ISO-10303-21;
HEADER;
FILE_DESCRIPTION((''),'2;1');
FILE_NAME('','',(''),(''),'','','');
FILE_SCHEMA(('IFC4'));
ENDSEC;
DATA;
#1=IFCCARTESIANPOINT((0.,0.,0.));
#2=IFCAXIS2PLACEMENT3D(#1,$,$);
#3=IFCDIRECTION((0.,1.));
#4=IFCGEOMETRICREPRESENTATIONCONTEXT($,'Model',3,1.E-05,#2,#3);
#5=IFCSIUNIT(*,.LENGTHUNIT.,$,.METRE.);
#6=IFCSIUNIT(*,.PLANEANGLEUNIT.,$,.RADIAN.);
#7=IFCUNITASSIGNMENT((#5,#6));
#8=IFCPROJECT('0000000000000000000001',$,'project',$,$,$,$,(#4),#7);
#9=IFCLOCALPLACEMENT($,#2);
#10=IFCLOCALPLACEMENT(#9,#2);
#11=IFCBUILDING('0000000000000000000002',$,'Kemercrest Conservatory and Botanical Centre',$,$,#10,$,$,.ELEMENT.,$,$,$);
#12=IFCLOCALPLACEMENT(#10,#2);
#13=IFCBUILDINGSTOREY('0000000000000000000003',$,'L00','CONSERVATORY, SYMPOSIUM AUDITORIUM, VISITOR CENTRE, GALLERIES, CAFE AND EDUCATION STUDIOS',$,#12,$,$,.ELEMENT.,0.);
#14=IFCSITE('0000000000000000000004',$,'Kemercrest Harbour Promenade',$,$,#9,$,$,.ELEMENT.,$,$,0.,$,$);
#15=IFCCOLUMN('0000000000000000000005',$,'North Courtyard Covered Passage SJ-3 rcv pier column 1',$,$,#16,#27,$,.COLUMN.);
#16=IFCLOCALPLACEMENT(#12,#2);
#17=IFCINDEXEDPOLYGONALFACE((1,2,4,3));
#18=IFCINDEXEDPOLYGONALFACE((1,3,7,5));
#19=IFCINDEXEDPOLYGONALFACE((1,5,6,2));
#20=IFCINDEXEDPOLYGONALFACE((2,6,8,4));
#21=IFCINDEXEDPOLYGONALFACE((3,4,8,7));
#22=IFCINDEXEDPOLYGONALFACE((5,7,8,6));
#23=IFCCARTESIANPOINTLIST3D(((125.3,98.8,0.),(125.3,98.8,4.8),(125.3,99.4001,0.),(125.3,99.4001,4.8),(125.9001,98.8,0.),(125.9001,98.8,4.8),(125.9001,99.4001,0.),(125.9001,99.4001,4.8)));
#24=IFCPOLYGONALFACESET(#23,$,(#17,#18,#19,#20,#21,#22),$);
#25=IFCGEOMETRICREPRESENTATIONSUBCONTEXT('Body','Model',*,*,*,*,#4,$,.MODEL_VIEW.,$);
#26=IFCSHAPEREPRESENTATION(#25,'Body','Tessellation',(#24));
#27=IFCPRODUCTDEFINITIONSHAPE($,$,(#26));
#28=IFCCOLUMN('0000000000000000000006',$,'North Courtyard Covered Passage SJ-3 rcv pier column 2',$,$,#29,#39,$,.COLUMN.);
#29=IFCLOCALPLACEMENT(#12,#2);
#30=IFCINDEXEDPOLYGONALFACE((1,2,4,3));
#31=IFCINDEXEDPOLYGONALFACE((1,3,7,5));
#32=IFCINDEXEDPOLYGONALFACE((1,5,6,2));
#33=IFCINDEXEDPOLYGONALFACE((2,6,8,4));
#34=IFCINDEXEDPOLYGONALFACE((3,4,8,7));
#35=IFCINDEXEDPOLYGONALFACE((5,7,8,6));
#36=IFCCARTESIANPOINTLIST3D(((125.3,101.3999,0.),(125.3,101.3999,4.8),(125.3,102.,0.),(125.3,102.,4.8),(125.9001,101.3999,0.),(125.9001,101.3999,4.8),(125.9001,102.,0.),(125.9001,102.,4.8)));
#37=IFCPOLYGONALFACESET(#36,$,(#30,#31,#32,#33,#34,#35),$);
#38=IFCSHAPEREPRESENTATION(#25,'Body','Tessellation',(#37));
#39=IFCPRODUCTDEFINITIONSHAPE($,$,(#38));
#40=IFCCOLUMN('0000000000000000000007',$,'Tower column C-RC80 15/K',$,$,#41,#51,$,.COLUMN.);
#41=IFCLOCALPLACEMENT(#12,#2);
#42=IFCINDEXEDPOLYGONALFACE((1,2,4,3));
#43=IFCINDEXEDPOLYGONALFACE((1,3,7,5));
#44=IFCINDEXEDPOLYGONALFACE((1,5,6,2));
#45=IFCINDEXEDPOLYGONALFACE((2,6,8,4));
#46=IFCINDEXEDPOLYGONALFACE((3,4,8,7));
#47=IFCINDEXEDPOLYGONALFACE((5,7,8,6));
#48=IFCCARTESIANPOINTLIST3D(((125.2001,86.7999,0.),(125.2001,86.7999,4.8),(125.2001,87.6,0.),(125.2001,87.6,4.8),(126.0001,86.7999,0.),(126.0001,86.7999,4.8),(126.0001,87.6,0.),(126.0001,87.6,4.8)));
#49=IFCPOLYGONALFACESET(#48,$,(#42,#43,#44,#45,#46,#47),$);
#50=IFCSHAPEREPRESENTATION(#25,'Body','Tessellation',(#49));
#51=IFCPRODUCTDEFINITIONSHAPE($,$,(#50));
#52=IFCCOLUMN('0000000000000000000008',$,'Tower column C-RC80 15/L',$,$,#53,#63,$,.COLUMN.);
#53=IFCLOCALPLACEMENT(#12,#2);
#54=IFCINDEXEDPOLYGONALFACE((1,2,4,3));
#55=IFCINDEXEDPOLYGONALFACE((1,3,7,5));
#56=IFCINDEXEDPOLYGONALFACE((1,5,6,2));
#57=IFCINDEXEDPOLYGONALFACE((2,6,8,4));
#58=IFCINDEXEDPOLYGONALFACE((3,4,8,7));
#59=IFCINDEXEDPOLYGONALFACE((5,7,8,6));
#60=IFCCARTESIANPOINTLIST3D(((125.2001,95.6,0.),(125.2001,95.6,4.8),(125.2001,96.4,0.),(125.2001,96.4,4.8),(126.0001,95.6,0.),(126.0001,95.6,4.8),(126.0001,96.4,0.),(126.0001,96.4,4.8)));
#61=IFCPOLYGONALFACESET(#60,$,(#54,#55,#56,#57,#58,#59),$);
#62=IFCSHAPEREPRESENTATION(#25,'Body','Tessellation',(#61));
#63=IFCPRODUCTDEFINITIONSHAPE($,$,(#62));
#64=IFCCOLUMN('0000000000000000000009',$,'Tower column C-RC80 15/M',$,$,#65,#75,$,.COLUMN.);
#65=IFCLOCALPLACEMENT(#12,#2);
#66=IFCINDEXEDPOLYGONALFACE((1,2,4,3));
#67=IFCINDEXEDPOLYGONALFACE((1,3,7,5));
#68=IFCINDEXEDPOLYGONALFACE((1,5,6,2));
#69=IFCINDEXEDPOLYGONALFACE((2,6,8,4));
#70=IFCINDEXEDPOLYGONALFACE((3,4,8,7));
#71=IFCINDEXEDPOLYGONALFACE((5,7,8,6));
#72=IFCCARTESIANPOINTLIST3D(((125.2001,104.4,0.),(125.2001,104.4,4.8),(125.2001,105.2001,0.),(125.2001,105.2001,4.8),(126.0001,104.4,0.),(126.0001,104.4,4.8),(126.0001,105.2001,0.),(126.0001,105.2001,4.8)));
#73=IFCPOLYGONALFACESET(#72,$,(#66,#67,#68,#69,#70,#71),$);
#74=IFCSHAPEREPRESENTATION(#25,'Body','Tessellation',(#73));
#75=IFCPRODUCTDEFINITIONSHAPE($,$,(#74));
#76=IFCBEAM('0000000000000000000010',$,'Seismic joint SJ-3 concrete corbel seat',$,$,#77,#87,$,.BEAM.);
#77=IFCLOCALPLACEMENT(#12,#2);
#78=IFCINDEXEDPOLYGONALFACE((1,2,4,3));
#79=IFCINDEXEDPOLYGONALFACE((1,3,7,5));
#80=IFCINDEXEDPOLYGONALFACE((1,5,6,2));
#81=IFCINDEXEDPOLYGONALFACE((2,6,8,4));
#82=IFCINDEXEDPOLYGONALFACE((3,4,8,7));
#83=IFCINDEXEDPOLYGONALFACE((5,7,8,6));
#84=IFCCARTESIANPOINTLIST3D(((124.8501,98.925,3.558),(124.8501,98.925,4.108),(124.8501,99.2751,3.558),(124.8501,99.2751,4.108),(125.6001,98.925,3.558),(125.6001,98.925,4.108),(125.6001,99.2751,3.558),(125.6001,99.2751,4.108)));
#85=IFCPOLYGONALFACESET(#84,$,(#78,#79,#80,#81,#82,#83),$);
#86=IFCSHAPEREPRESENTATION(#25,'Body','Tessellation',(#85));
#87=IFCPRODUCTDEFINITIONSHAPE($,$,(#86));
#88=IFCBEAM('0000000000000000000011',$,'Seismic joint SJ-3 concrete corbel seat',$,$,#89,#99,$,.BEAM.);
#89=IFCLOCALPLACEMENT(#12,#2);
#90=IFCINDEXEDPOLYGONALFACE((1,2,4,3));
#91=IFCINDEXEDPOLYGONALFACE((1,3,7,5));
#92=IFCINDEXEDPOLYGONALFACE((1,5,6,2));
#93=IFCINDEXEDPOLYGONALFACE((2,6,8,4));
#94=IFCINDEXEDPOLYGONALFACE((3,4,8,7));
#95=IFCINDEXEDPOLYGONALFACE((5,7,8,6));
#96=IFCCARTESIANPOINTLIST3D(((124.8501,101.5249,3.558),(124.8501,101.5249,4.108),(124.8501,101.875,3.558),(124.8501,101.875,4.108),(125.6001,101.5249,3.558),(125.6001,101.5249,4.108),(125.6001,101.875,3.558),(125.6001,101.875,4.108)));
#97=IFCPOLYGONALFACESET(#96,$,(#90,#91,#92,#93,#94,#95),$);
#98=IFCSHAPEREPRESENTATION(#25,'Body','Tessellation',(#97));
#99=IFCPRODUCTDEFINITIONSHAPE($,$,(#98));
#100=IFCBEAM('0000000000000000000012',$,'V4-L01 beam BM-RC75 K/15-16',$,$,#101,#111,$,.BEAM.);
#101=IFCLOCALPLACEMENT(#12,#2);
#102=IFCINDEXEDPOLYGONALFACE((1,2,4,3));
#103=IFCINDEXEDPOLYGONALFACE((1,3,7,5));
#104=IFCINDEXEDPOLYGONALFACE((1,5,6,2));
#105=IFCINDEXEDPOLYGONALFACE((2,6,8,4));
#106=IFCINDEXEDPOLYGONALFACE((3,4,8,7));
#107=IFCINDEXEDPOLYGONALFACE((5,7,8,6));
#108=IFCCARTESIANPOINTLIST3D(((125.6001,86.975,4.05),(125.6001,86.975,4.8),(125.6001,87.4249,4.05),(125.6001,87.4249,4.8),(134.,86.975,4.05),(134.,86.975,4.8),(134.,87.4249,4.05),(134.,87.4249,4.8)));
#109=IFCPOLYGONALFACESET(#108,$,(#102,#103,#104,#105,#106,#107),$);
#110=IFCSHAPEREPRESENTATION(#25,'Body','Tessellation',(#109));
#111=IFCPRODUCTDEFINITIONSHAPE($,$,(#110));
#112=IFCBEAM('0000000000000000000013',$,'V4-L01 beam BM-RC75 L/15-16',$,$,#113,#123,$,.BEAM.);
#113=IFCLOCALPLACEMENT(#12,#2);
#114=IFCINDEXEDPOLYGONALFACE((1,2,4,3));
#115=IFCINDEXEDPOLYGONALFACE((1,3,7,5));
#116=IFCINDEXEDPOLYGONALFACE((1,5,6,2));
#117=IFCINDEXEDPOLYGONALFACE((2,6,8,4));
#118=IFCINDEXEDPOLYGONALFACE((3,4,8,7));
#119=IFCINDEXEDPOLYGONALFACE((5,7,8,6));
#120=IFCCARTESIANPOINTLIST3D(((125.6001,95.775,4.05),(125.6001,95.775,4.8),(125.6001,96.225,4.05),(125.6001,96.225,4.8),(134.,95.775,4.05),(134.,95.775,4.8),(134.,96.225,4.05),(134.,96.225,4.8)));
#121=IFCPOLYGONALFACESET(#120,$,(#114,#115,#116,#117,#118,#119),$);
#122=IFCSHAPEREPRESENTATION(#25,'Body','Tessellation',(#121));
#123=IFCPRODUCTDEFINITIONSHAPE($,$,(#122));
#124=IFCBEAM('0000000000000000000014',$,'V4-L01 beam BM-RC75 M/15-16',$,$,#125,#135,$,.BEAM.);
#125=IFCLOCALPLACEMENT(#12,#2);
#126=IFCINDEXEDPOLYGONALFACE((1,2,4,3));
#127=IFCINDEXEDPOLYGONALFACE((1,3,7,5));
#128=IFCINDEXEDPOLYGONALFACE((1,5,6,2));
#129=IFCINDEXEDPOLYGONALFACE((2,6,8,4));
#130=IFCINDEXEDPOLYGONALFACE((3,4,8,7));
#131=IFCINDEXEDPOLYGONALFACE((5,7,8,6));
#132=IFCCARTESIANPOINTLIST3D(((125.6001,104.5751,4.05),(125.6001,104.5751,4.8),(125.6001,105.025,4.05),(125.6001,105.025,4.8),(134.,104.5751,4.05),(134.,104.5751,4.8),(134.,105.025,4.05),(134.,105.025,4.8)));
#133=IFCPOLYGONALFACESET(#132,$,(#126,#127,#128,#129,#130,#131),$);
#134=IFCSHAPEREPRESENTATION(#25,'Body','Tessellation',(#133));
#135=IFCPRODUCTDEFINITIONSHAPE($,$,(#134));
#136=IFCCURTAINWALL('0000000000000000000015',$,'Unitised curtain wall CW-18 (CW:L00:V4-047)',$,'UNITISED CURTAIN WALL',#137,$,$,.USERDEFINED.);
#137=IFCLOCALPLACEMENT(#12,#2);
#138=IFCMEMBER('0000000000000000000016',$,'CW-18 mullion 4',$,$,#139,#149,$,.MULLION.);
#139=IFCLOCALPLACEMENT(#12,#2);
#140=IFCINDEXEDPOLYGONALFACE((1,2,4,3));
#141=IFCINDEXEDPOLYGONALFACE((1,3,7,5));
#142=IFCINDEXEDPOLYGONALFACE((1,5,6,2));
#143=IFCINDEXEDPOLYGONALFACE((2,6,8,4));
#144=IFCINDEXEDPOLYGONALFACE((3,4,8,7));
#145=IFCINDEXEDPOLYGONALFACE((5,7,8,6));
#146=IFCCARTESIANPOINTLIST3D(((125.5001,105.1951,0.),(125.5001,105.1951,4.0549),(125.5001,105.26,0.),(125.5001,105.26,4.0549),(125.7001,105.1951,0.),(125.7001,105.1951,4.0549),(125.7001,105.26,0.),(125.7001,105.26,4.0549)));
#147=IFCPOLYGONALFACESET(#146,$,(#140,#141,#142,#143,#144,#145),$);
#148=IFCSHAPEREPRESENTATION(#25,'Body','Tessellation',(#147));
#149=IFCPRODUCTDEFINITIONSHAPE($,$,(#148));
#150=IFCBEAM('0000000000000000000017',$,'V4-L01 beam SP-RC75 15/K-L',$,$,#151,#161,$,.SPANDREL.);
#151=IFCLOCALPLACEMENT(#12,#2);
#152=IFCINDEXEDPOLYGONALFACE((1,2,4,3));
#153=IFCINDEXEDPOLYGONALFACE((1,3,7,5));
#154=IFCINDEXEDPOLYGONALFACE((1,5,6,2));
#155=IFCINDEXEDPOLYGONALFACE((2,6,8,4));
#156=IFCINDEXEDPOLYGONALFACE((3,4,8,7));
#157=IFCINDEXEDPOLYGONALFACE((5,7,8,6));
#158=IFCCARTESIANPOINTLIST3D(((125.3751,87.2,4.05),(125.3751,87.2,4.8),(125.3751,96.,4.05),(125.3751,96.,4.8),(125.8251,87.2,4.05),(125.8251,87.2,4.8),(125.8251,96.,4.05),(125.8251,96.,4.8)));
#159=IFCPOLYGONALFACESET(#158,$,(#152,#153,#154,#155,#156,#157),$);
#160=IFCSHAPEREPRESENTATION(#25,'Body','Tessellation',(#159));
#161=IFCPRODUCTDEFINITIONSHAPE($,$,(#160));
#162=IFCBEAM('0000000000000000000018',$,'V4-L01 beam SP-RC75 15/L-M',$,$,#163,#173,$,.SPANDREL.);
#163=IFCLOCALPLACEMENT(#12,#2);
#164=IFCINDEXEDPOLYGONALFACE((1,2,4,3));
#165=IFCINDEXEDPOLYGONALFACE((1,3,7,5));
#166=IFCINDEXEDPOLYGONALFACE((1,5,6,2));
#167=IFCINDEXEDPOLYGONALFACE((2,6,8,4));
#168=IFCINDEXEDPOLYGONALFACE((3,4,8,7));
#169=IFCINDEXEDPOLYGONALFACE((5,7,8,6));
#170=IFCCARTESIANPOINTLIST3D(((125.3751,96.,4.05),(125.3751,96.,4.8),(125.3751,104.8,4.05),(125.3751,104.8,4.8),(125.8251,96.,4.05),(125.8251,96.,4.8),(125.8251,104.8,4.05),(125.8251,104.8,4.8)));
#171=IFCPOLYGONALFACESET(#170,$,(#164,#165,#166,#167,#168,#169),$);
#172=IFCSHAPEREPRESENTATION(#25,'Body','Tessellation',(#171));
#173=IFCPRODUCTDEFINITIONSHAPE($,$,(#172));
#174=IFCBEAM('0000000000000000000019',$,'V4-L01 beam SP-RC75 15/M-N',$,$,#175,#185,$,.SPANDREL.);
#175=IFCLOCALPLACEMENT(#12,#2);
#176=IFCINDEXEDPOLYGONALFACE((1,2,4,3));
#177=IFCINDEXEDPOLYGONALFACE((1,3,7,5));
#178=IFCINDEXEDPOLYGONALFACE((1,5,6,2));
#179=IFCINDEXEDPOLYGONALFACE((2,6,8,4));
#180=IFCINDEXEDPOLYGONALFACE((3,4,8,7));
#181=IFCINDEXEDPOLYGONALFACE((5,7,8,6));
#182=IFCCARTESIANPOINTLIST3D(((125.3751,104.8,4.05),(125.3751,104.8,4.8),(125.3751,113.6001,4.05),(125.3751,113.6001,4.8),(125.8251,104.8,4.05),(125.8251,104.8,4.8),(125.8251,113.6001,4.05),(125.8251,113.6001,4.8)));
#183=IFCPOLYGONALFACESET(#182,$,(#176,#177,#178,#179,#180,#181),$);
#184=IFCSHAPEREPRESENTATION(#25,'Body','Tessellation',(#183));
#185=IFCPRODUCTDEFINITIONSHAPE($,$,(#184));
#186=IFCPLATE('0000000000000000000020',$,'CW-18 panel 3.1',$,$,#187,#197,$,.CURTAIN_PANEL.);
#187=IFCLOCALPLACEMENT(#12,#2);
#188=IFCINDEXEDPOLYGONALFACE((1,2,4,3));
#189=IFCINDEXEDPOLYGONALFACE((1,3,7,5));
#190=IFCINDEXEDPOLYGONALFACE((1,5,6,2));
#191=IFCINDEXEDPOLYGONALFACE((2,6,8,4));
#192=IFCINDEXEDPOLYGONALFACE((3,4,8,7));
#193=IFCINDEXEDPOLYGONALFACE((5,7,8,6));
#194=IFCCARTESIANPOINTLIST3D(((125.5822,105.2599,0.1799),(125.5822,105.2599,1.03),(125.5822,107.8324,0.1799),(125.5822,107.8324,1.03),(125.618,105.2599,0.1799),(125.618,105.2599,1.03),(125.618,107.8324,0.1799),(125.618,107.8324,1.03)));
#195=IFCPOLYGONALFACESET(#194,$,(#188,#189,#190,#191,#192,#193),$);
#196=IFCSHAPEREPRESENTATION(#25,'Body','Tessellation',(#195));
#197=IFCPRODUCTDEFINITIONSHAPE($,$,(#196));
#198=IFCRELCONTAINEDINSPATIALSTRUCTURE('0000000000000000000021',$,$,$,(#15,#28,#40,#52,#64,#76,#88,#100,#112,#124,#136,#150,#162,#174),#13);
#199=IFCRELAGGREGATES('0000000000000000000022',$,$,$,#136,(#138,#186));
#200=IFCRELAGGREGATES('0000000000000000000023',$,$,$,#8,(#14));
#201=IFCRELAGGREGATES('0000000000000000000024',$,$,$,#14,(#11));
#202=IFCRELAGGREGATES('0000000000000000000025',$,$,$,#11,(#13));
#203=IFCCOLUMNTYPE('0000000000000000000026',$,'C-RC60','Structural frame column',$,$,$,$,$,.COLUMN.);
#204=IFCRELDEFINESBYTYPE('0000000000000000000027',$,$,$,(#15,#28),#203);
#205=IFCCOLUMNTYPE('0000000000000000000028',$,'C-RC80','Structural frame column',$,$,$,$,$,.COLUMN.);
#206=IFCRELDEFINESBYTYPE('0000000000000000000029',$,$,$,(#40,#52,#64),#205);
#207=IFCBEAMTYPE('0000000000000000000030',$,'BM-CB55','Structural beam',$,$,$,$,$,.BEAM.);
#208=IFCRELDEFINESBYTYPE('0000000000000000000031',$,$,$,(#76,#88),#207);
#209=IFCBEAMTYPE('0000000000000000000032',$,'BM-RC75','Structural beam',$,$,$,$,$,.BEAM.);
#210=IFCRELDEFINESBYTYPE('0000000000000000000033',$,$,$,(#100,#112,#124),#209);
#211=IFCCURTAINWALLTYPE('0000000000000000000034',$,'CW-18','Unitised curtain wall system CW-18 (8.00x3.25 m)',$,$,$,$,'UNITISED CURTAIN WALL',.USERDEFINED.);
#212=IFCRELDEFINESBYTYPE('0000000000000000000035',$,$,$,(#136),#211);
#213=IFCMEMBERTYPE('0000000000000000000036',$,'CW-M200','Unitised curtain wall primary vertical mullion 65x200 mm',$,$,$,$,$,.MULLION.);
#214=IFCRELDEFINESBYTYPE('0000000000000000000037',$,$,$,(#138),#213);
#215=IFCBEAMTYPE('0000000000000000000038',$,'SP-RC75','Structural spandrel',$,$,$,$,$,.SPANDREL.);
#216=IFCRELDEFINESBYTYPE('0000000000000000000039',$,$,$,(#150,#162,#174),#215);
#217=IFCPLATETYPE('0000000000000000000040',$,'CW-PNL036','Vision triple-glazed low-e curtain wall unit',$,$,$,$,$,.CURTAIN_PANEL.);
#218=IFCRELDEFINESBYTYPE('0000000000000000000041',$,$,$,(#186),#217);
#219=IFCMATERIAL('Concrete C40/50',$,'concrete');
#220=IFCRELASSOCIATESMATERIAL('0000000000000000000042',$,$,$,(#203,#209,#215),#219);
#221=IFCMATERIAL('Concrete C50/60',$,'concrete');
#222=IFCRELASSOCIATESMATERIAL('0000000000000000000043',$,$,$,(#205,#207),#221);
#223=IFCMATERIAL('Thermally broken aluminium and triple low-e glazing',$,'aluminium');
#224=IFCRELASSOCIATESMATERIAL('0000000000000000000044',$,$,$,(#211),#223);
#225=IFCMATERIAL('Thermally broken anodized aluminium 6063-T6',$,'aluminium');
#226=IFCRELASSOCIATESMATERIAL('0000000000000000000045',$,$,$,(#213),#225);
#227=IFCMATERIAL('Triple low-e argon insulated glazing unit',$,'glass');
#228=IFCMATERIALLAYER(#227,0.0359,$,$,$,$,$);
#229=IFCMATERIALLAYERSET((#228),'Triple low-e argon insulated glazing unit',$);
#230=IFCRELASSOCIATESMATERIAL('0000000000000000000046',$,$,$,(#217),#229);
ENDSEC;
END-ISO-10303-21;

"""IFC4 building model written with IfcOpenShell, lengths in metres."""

from ifc_helpers import new_model, si_unit, direction, frame, origin, origin_2d, place, context, subcontext, project, spatial, rectangle, extrude, material, layer, layer_set, material_profile, profile_set, type_object, element, aggregate, save


model = new_model("IFC4")

# Units and contexts
model_context = context("Model", 3, precision=1e-05, world=origin(), true_north=direction((0.0, 1.0)))
body_context = subcontext(model_context, "Body", "Model", "MODEL_VIEW")
ifc_project = project(units=[si_unit("LENGTHUNIT", "METRE"), si_unit("PLANEANGLEUNIT", "RADIAN")], contexts=[model_context])

# Site, building, storey
site_placement = place(None, origin())
site = spatial("IfcSite", under=ifc_project, at=site_placement, Name="Kemercrest Harbour Promenade", CompositionType="ELEMENT", RefElevation=0.0)
building_placement = place(site_placement, origin())
building = spatial("IfcBuilding", under=site, at=building_placement, Name="Kemercrest Conservatory and Botanical Centre", CompositionType="ELEMENT")
storey_placement = place(building_placement, origin())
storey = spatial("IfcBuildingStorey", under=building, at=storey_placement, Name="L00", Description="CONSERVATORY, SYMPOSIUM AUDITORIUM, VISITOR CENTRE, GALLERIES, CAFE AND EDUCATION STUDIOS", CompositionType="ELEMENT", Elevation=0.0)

# Columns
ifc_material_1 = material(Name="Concrete C40/50", Category="concrete")
ifc_material_profile_1 = material_profile(ifc_material_1, rectangle(XDim=0.6001, YDim=0.6001, at=origin_2d()), Name="RC 600x600")
ifc_profile_set_1 = profile_set([ifc_material_profile_1], Name="Concrete C40/50")
column_type_1 = type_object("IfcColumnType", Name="C-RC60", Description="Structural frame column", PredefinedType="COLUMN", material=ifc_profile_set_1)
for number, where, z_axis, x_axis, name in (
    (1, (125.6001, 99.1001, 0.0), (0.0, 0.0, 1.0), (1.0, 0.0, 0.0), "North Courtyard Covered Passage SJ-3 rcv pier column 1"),
    (2, (125.6001, 101.7, 0.0), (0.0, 0.0, 1.0), (1.0, 0.0, 0.0), "North Courtyard Covered Passage SJ-3 rcv pier column 2"),
):
    element("IfcColumn", number, at=place(storey_placement, frame(where, z_axis=z_axis, x_axis=x_axis)), inside=storey, type_object=column_type_1, Name=name, PredefinedType="COLUMN", context=body_context, shape_type="SweptSolid", body=[
        extrude(rectangle(XDim=0.6001, YDim=0.6001, at=origin_2d()), origin(), (0.0, 0.0, 1.0), 4.8),
    ])
ifc_material_2 = material(Name="Concrete C50/60", Category="concrete")
ifc_material_profile_2 = material_profile(ifc_material_2, rectangle(XDim=0.8, YDim=0.8, at=origin_2d()), Name="RC 800x800")
ifc_profile_set_2 = profile_set([ifc_material_profile_2], Name="Concrete C50/60")
column_type_2 = type_object("IfcColumnType", Name="C-RC80", Description="Structural frame column", PredefinedType="COLUMN", material=ifc_profile_set_2)
for number, where, z_axis, x_axis, name in (
    (3, (125.6001, 87.2, 0.0), (0.0, 0.0, 1.0), (1.0, 0.0, 0.0), "Tower column C-RC80 15/K"),
    (4, (125.6001, 96.0, 0.0), (0.0, 0.0, 1.0), (1.0, 0.0, 0.0), "Tower column C-RC80 15/L"),
    (5, (125.6001, 104.8, 0.0), (0.0, 0.0, 1.0), (1.0, 0.0, 0.0), "Tower column C-RC80 15/M"),
):
    element("IfcColumn", number, at=place(storey_placement, frame(where, z_axis=z_axis, x_axis=x_axis)), inside=storey, type_object=column_type_2, Name=name, PredefinedType="COLUMN", context=body_context, shape_type="SweptSolid", body=[
        extrude(rectangle(XDim=0.8, YDim=0.8, at=origin_2d()), origin(), (0.0, 0.0, 1.0), 4.8),
    ])

# Beams
ifc_material_profile_3 = material_profile(ifc_material_2, rectangle(XDim=0.3501, YDim=0.55, at=origin_2d()), Name="RC 350x550")
ifc_profile_set_3 = profile_set([ifc_material_profile_3], Name="Concrete C50/60")
beam_type_1 = type_object("IfcBeamType", Name="BM-CB55", Description="Structural beam", PredefinedType="BEAM", material=ifc_profile_set_3)
for number, where, z_axis, x_axis, name in (
    (6, (125.6001, 99.1001, 3.833), (-1.0, 0.0, 0.0), (0.0, -1.0, 0.0), "Seismic joint SJ-3 concrete corbel seat"),
    (7, (125.6001, 101.7, 3.833), (-1.0, 0.0, 0.0), (0.0, -1.0, 0.0), "Seismic joint SJ-3 concrete corbel seat"),
):
    element("IfcBeam", number, at=place(storey_placement, frame(where, z_axis=z_axis, x_axis=x_axis)), inside=storey, type_object=beam_type_1, Name=name, PredefinedType="BEAM", context=body_context, shape_type="SweptSolid", body=[
        extrude(rectangle(XDim=0.3501, YDim=0.55, at=origin_2d()), origin(), (0.0, 0.0, 1.0), 0.75),
    ])
ifc_material_profile_4 = material_profile(ifc_material_1, rectangle(XDim=0.45, YDim=0.75, at=origin_2d()), Name="RC 450x750")
ifc_profile_set_4 = profile_set([ifc_material_profile_4], Name="Concrete C40/50")
beam_type_2 = type_object("IfcBeamType", Name="BM-RC75", Description="Structural beam", PredefinedType="BEAM", material=ifc_profile_set_4)
for number, where, z_axis, x_axis, name in (
    (8, (125.6001, 87.2, 4.425), (1.0, 0.0, 0.0), (0.0, 1.0, 0.0), "V4-L01 beam BM-RC75 K/15-16"),
    (9, (125.6001, 96.0, 4.425), (1.0, 0.0, 0.0), (0.0, 1.0, 0.0), "V4-L01 beam BM-RC75 L/15-16"),
    (10, (125.6001, 104.8, 4.425), (1.0, 0.0, 0.0), (0.0, 1.0, 0.0), "V4-L01 beam BM-RC75 M/15-16"),
):
    element("IfcBeam", number, at=place(storey_placement, frame(where, z_axis=z_axis, x_axis=x_axis)), inside=storey, type_object=beam_type_2, Name=name, PredefinedType="BEAM", context=body_context, shape_type="SweptSolid", body=[
        extrude(rectangle(XDim=0.45, YDim=0.75, at=origin_2d()), origin(), (0.0, 0.0, 1.0), 8.3999),
    ])

# Curtain wall, member
ifc_material_3 = material(Name="Thermally broken aluminium and triple low-e glazing", Category="aluminium")
curtain_wall_type = type_object("IfcCurtainWallType", Name="CW-18", Description="Unitised curtain wall system CW-18 (8.00x3.25 m)", ElementType="UNITISED CURTAIN WALL", PredefinedType="USERDEFINED", material=ifc_material_3)
curtain_wall_placement = place(storey_placement, origin())
curtain_wall = element("IfcCurtainWall", 11, at=curtain_wall_placement, inside=storey, type_object=curtain_wall_type, Name="Unitised curtain wall CW-18 (CW:L00:V4-047)", ObjectType="UNITISED CURTAIN WALL", PredefinedType="USERDEFINED")
ifc_material_4 = material(Name="Thermally broken anodized aluminium 6063-T6", Category="aluminium")
ifc_material_profile_5 = material_profile(ifc_material_4, rectangle(XDim=0.2, YDim=0.0649, at=origin_2d()), Name="AL MULLION 65x200")
ifc_profile_set_5 = profile_set([ifc_material_profile_5], Name="Thermally broken anodized aluminium 6063-T6")
member_type = type_object("IfcMemberType", Name="CW-M200", Description="Unitised curtain wall primary vertical mullion 65x200 mm", PredefinedType="MULLION", material=ifc_profile_set_5)
member_placement = place(storey_placement, frame((125.6001, 105.2275, 0.0), z_axis=(0.0, 0.0, 1.0), x_axis=(1.0, 0.0, 0.0)))
member = element("IfcMember", 12, at=member_placement, type_object=member_type, Name="CW-18 mullion 4", PredefinedType="MULLION", context=body_context, shape_type="SweptSolid", body=[
    extrude(rectangle(XDim=0.2, YDim=0.0649, at=origin_2d()), origin(), (0.0, 0.0, 1.0), 4.0549),
])

# Beams
ifc_material_profile_6 = material_profile(ifc_material_1, rectangle(XDim=0.45, YDim=0.75, at=origin_2d()), Name="RC 450x750")
ifc_profile_set_6 = profile_set([ifc_material_profile_6], Name="Concrete C40/50")
beam_type_3 = type_object("IfcBeamType", Name="SP-RC75", Description="Structural spandrel", PredefinedType="SPANDREL", material=ifc_profile_set_6)
for number, where, z_axis, x_axis, name in (
    (13, (125.6001, 87.2, 4.425), (0.0, 1.0, 0.0), (-1.0, 0.0, 0.0), "V4-L01 beam SP-RC75 15/K-L"),
    (14, (125.6001, 96.0, 4.425), (0.0, 1.0, 0.0), (-1.0, 0.0, 0.0), "V4-L01 beam SP-RC75 15/L-M"),
    (15, (125.6001, 104.8, 4.425), (0.0, 1.0, 0.0), (-1.0, 0.0, 0.0), "V4-L01 beam SP-RC75 15/M-N"),
):
    element("IfcBeam", number, at=place(storey_placement, frame(where, z_axis=z_axis, x_axis=x_axis)), inside=storey, type_object=beam_type_3, Name=name, PredefinedType="SPANDREL", context=body_context, shape_type="SweptSolid", body=[
        extrude(rectangle(XDim=0.45, YDim=0.75, at=origin_2d()), origin(), (0.0, 0.0, 1.0), 8.8),
    ])

# Plate
ifc_material_5 = material(Name="Triple low-e argon insulated glazing unit", Category="glass")
ifc_layer_1 = layer(ifc_material_5, 0.0359)
ifc_layer_set_1 = layer_set([ifc_layer_1], Name="Triple low-e argon insulated glazing unit")
plate_type = type_object("IfcPlateType", Name="CW-PNL036", Description="Vision triple-glazed low-e curtain wall unit", PredefinedType="CURTAIN_PANEL", material=ifc_layer_set_1)
plate_1_placement = place(storey_placement, frame((125.6001, 106.5461, 0.1799), z_axis=(0.0, 0.0, 1.0), x_axis=(0.0, -1.0, 0.0)))
plate_1 = element("IfcPlate", 16, at=plate_1_placement, type_object=plate_type, Name="CW-18 panel 3.1", PredefinedType="CURTAIN_PANEL", context=body_context, shape_type="SweptSolid", body=[
    extrude(rectangle(XDim=2.5725, YDim=0.0359, at=origin_2d()), origin(), (0.0, 0.0, 1.0), 0.8501),
])
aggregate(curtain_wall, [member, plate_1])

save(model, "model.ifc")
